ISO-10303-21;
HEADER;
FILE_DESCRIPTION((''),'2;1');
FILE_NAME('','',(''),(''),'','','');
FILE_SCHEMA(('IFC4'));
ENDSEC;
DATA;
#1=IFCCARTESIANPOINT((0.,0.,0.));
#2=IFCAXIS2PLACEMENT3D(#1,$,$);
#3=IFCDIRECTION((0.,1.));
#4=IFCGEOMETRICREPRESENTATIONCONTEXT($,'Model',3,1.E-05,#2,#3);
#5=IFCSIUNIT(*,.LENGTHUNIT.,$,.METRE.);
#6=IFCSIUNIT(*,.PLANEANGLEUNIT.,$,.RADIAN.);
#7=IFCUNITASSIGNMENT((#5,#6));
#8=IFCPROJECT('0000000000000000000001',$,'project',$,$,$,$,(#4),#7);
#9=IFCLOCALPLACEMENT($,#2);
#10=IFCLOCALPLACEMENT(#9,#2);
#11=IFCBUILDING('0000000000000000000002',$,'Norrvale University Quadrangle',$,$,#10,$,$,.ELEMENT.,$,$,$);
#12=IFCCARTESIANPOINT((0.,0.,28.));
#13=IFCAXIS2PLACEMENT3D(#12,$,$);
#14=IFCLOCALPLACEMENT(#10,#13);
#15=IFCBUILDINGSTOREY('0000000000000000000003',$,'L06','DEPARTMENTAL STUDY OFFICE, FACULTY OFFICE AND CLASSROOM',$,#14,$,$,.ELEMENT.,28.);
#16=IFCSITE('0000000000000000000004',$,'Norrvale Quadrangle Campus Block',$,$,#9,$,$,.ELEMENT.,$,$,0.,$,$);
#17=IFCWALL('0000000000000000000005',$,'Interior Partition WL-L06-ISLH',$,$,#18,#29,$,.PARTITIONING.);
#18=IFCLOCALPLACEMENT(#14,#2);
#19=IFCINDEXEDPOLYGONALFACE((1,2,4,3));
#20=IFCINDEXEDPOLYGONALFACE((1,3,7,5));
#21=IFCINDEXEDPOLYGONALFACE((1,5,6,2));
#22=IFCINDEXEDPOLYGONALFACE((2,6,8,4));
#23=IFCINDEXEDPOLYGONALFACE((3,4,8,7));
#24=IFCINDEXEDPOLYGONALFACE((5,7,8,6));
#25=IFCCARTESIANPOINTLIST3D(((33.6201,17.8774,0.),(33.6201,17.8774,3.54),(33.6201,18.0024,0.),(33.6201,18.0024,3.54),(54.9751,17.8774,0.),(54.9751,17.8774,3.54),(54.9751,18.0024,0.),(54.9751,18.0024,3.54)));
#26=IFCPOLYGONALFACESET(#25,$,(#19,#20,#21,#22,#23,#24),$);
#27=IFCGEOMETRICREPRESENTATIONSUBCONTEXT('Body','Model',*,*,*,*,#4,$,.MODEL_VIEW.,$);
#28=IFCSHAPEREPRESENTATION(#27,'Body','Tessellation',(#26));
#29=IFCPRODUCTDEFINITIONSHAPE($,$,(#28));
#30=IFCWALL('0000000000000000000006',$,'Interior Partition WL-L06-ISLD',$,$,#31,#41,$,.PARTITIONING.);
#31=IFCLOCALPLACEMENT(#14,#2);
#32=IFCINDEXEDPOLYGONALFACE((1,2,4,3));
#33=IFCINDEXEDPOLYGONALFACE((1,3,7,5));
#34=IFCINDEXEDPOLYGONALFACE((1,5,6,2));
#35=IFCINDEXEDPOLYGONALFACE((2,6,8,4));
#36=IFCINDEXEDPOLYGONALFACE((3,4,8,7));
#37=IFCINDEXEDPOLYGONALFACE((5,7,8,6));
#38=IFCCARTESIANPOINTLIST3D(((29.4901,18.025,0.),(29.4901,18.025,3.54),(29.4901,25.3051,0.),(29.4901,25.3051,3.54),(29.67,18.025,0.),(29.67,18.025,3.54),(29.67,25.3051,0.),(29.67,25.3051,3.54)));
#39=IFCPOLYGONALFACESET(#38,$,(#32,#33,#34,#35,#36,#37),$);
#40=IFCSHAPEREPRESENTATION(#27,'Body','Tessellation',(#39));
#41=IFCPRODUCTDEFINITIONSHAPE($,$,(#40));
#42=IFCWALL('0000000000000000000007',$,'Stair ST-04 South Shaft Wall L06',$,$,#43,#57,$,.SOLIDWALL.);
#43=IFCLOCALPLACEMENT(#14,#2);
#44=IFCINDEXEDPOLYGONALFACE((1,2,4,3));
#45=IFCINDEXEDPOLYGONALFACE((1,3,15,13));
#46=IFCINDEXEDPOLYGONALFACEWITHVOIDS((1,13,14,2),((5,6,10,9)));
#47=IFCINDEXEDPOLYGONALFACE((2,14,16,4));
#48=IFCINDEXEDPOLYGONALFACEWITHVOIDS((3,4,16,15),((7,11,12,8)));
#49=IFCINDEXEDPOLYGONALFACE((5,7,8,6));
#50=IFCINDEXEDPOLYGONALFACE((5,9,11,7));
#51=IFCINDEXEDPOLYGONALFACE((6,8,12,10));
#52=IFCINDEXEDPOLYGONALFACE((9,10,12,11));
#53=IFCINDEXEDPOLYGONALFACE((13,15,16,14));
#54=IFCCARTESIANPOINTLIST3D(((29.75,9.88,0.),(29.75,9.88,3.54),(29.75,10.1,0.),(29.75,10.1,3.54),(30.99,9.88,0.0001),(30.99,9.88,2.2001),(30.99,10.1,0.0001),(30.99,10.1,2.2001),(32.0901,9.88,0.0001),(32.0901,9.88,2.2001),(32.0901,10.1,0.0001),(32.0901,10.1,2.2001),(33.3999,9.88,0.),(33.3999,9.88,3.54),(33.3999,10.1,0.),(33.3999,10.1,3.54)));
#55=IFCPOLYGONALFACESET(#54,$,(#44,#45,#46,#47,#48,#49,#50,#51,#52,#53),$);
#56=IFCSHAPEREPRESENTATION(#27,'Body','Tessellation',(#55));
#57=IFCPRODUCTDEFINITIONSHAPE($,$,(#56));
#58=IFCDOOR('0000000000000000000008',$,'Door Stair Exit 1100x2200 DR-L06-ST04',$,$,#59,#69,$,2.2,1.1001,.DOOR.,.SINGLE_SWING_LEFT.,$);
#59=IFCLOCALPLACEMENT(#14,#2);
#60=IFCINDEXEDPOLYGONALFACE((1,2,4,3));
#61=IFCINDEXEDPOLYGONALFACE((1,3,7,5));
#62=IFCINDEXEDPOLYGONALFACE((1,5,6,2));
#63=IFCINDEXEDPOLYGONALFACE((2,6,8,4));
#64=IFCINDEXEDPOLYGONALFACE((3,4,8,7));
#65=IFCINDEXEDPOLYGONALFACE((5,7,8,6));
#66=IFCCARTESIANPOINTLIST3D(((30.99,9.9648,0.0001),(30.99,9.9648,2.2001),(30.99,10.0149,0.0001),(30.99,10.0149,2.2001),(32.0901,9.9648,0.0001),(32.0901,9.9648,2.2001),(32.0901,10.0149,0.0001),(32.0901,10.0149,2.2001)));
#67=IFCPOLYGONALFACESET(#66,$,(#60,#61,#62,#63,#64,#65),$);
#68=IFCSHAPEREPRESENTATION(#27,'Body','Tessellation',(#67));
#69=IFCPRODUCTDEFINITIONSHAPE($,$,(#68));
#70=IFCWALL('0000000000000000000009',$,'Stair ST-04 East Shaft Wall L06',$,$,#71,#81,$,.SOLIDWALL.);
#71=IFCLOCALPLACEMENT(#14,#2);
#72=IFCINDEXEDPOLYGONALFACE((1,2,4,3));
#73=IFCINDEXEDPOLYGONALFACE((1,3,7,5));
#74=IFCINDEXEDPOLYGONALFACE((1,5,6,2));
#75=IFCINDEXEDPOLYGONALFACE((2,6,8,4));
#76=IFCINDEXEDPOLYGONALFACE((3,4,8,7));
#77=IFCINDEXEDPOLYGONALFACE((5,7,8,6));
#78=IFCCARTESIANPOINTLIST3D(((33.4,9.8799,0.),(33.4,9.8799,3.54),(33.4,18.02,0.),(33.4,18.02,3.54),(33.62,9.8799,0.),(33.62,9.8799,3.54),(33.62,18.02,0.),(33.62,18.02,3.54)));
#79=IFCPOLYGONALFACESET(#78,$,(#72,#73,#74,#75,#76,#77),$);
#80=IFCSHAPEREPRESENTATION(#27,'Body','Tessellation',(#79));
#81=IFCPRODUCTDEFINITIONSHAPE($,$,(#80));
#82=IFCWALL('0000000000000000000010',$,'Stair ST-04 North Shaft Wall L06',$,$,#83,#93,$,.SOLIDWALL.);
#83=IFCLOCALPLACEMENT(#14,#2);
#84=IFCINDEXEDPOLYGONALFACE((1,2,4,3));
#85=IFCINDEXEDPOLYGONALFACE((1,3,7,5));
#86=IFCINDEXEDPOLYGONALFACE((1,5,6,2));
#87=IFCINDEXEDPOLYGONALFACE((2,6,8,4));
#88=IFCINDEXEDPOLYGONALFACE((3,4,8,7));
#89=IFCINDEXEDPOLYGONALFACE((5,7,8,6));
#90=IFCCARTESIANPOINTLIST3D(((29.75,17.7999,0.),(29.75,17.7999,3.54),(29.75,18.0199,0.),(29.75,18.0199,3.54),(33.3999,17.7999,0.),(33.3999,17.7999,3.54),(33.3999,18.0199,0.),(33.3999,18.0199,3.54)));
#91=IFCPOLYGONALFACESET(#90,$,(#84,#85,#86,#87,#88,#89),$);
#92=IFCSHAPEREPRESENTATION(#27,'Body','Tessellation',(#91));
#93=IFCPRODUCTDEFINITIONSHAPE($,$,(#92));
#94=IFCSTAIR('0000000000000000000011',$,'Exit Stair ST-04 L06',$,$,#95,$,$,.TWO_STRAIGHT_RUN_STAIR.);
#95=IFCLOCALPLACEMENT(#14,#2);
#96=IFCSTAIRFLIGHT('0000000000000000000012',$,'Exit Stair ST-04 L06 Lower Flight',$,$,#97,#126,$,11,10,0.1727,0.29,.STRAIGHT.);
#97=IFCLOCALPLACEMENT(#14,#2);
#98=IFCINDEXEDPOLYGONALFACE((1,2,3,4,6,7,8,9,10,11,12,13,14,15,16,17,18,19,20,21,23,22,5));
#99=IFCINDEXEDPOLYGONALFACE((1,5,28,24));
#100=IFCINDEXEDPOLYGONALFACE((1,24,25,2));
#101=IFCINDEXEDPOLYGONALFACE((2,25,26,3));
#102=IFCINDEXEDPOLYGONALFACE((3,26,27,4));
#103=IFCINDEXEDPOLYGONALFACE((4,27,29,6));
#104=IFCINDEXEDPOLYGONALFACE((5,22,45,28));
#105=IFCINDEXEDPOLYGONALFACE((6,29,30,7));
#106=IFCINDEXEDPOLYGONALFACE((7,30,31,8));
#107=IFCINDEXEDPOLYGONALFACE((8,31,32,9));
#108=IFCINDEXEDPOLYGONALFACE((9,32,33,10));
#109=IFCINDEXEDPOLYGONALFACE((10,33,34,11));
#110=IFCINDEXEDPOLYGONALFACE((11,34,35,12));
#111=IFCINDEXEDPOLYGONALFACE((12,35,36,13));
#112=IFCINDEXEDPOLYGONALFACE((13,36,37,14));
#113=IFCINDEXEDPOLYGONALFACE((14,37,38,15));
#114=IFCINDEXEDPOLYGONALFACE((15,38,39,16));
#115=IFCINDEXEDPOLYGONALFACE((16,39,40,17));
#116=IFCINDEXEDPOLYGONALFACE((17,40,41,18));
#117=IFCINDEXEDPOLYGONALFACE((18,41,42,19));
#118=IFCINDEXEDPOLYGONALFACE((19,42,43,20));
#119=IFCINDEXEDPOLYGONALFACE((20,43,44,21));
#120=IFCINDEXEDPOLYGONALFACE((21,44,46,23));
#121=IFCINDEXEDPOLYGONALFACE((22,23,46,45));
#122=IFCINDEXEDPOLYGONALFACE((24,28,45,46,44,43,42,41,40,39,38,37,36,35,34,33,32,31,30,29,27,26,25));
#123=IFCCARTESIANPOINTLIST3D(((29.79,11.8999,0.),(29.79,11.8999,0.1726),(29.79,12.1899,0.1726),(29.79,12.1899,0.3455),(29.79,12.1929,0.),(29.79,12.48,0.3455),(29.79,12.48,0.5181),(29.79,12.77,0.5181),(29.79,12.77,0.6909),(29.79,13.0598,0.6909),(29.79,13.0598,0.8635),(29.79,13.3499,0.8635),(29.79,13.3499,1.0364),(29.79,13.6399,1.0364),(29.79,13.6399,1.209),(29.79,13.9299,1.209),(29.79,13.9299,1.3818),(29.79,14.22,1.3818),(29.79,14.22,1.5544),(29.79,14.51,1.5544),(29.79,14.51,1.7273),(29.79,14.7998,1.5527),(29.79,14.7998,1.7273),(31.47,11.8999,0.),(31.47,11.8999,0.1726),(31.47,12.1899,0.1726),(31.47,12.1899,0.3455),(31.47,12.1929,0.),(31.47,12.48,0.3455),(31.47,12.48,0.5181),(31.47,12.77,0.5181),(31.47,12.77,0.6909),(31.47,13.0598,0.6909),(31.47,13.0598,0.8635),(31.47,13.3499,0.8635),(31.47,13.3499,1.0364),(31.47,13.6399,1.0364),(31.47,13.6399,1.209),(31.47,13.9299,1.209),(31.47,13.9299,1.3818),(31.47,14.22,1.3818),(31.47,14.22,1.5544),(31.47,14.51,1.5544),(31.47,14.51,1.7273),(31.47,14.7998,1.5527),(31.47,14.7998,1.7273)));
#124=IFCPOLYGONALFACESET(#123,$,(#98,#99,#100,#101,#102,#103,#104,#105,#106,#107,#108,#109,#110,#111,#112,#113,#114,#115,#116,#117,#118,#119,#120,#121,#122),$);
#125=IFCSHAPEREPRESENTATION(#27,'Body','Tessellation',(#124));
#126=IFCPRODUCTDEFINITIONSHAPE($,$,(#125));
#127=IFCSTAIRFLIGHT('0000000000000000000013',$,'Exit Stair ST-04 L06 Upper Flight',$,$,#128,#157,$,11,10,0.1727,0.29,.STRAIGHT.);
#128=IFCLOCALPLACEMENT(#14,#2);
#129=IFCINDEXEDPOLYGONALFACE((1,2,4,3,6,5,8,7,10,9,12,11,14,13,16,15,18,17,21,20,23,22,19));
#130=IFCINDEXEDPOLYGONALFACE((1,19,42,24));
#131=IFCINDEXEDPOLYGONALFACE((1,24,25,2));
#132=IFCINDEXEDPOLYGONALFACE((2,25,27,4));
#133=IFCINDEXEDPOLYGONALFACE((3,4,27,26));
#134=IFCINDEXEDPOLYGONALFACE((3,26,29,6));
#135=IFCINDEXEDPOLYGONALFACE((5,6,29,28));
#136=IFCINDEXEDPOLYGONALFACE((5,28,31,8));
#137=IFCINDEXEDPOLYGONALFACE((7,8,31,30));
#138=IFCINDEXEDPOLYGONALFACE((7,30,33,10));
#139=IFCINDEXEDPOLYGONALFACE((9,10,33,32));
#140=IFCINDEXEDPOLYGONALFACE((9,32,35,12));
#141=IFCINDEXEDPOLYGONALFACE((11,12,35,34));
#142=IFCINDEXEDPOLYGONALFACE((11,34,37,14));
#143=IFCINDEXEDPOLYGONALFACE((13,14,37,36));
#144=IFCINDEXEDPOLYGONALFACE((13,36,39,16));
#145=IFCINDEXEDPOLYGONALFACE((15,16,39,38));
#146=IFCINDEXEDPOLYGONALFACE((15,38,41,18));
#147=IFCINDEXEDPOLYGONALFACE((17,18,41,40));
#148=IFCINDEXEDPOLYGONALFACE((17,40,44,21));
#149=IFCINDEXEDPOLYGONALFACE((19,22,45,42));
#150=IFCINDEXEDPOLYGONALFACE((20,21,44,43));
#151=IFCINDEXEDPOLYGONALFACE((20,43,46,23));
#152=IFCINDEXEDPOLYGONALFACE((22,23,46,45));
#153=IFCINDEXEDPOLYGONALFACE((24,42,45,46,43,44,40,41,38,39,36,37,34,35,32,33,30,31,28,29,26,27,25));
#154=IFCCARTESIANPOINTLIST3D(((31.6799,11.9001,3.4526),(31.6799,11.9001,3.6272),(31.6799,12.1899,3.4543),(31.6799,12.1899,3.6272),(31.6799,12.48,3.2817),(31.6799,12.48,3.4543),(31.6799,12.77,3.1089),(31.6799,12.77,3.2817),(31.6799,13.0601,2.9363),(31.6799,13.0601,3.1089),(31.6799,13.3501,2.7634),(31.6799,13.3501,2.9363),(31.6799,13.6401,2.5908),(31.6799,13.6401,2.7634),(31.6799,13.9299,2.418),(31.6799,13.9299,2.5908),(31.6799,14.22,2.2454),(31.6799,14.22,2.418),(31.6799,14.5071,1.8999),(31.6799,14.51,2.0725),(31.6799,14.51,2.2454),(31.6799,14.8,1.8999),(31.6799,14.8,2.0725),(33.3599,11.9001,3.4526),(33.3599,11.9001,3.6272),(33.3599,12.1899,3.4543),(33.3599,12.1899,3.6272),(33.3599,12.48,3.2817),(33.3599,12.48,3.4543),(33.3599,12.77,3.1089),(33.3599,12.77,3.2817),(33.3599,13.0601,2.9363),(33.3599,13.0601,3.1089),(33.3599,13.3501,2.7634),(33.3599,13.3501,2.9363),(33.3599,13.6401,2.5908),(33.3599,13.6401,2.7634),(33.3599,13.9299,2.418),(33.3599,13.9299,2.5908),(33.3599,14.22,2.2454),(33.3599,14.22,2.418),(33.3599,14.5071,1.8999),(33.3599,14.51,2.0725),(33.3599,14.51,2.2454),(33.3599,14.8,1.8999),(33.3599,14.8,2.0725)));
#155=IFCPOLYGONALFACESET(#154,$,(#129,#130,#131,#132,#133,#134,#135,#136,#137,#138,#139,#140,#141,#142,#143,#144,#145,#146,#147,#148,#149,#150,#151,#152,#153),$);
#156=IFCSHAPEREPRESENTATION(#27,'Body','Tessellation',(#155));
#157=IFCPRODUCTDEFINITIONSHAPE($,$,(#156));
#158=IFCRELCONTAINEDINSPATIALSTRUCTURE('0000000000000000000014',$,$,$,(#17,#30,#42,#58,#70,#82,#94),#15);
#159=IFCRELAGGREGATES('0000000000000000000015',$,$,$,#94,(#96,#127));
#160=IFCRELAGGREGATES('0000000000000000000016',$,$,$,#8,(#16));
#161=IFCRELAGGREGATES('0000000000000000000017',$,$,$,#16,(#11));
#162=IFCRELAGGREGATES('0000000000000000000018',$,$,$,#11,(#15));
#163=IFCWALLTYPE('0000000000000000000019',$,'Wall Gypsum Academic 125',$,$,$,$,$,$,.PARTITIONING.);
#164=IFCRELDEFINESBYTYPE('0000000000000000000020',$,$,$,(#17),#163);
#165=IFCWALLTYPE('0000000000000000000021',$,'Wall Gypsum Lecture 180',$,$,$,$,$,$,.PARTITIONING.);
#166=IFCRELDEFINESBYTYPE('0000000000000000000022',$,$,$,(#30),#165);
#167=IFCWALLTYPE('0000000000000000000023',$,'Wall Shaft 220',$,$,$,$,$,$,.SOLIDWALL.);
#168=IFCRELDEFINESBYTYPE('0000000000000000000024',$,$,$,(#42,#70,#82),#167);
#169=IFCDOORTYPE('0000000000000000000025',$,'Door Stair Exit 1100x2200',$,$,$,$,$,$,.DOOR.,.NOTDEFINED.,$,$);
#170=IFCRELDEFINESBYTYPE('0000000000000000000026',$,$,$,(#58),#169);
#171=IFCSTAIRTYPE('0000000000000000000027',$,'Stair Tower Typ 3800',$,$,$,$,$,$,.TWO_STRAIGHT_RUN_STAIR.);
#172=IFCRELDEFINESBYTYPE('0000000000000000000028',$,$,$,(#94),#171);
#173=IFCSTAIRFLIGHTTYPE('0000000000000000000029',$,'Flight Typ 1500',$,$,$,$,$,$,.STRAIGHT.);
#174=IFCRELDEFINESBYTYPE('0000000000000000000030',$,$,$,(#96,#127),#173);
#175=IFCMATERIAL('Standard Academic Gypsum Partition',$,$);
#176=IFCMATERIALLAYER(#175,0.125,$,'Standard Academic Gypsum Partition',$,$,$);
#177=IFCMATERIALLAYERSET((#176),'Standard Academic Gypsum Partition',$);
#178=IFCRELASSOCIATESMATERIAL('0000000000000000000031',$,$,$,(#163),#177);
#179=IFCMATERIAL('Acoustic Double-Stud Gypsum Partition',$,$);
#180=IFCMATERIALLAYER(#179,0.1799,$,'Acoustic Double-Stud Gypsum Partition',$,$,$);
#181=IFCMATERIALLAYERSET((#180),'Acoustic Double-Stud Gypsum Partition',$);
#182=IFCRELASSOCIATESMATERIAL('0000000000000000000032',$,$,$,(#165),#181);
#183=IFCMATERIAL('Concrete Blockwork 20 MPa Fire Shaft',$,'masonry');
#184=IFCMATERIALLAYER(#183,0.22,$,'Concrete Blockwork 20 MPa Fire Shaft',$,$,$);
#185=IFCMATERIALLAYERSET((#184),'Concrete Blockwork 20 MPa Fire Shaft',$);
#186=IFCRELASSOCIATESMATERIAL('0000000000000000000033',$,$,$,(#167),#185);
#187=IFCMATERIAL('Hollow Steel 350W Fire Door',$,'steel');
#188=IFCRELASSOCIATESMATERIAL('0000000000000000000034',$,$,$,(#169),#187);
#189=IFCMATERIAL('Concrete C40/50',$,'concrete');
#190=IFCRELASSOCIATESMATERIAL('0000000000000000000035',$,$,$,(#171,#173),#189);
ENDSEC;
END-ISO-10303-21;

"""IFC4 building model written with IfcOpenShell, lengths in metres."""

from ifc_helpers import new_model, si_unit, direction, frame, frame_2d, origin, place, context, subcontext, project, spatial, polyline, rectangle, outline, extrude, material, layer, layer_set, type_object, element, fill, aggregate, save


model = new_model("IFC4")

# Units and contexts
model_context = context("Model", 3, precision=1e-05, world=origin(), true_north=direction((0.0, 1.0)))
body_context = subcontext(model_context, "Body", "Model", "MODEL_VIEW")
ifc_project = project(units=[si_unit("LENGTHUNIT", "METRE"), si_unit("PLANEANGLEUNIT", "RADIAN")], contexts=[model_context])

# Site, building, storey
site_placement = place(None, origin())
site = spatial("IfcSite", under=ifc_project, at=site_placement, Name="Norrvale Quadrangle Campus Block", CompositionType="ELEMENT", RefElevation=0.0)
building_placement = place(site_placement, origin())
building = spatial("IfcBuilding", under=site, at=building_placement, Name="Norrvale University Quadrangle", CompositionType="ELEMENT")
storey_placement = place(building_placement, frame((0.0, 0.0, 28.0)))
storey = spatial("IfcBuildingStorey", under=building, at=storey_placement, Name="L06", Description="DEPARTMENTAL STUDY OFFICE, FACULTY OFFICE AND CLASSROOM", CompositionType="ELEMENT", Elevation=28.0)

# Walls
ifc_material_1 = material(Name="Standard Academic Gypsum Partition")
ifc_layer_1 = layer(ifc_material_1, 0.125, Name="Standard Academic Gypsum Partition")
ifc_layer_set_1 = layer_set([ifc_layer_1], Name="Standard Academic Gypsum Partition")
wall_type_1 = type_object("IfcWallType", Name="Wall Gypsum Academic 125", PredefinedType="PARTITIONING", material=ifc_layer_set_1)
wall_1_placement = place(storey_placement, frame((33.6201, 17.9399, 0.0), z_axis=(0.0, 0.0, 1.0), x_axis=(1.0, 0.0, 0.0)))
element("IfcWall", 1, at=wall_1_placement, inside=storey, type_object=wall_type_1, Name="Interior Partition WL-L06-ISLH", PredefinedType="PARTITIONING", context=body_context, shape_type="SweptSolid", body=[
    extrude(rectangle(XDim=21.355, YDim=0.125, at=frame_2d((10.6775, 0.0))), origin(), (0.0, 0.0, 1.0), 3.54),
])
ifc_material_2 = material(Name="Acoustic Double-Stud Gypsum Partition")
ifc_layer_2 = layer(ifc_material_2, 0.1799, Name="Acoustic Double-Stud Gypsum Partition")
ifc_layer_set_2 = layer_set([ifc_layer_2], Name="Acoustic Double-Stud Gypsum Partition")
wall_type_2 = type_object("IfcWallType", Name="Wall Gypsum Lecture 180", PredefinedType="PARTITIONING", material=ifc_layer_set_2)
wall_2_placement = place(storey_placement, frame((29.5801, 18.0249, 0.0), z_axis=(0.0, 0.0, 1.0), x_axis=(0.0, 1.0, 0.0)))
element("IfcWall", 2, at=wall_2_placement, inside=storey, type_object=wall_type_2, Name="Interior Partition WL-L06-ISLD", PredefinedType="PARTITIONING", context=body_context, shape_type="SweptSolid", body=[
    extrude(rectangle(XDim=7.28, YDim=0.1799, at=frame_2d((3.6401, 0.0))), origin(), (0.0, 0.0, 1.0), 3.54),
])

# Wall, opening, door
ifc_material_3 = material(Name="Concrete Blockwork 20 MPa Fire Shaft", Category="masonry")
ifc_layer_3 = layer(ifc_material_3, 0.22, Name="Concrete Blockwork 20 MPa Fire Shaft")
ifc_layer_set_3 = layer_set([ifc_layer_3], Name="Concrete Blockwork 20 MPa Fire Shaft")
wall_type_3 = type_object("IfcWallType", Name="Wall Shaft 220", PredefinedType="SOLIDWALL", material=ifc_layer_set_3)
wall_3_placement = place(storey_placement, frame((29.75, 9.99, 0.0), z_axis=(0.0, 0.0, 1.0), x_axis=(1.0, 0.0, 0.0)))
wall_3 = element("IfcWall", 3, at=wall_3_placement, inside=storey, type_object=wall_type_3, Name="Stair ST-04 South Shaft Wall L06", PredefinedType="SOLIDWALL", context=body_context, shape_type="SweptSolid", body=[
    extrude(rectangle(XDim=3.6499, YDim=0.22, at=frame_2d((1.825, 0.0))), origin(), (0.0, 0.0, 1.0), 3.54),
])
opening_placement = place(wall_3_placement, frame((1.24, 0.0, 0.0)))
opening = element("IfcOpeningElement", 4, at=opening_placement, cuts=wall_3, PredefinedType="OPENING", context=body_context, shape_type="SweptSolid", body=[
    extrude(rectangle(XDim=1.1001, YDim=2.2, at=frame_2d((0.55, 1.1001))), frame((0.0, 0.1221, 0.0), z_axis=(0.0, -1.0, 0.0), x_axis=(1.0, 0.0, 0.0)), (0.0, 0.0, 1.0), 0.2439),
])
ifc_material_4 = material(Name="Hollow Steel 350W Fire Door", Category="steel")
door_type = type_object("IfcDoorType", Name="Door Stair Exit 1100x2200", OperationType="NOTDEFINED", PredefinedType="DOOR", material=ifc_material_4)
door_placement = place(opening_placement, origin())
door = element("IfcDoor", 5, at=door_placement, inside=storey, type_object=door_type, Name="Door Stair Exit 1100x2200 DR-L06-ST04", OperationType="SINGLE_SWING_LEFT", OverallHeight=2.2, OverallWidth=1.1001, PredefinedType="DOOR", context=body_context, shape_type="SweptSolid", body=[
    extrude(rectangle(XDim=1.1001, YDim=2.2, at=frame_2d((0.55, 1.1001))), frame((0.0, 0.0249, 0.0), z_axis=(0.0, -1.0, 0.0), x_axis=(1.0, 0.0, 0.0)), (0.0, 0.0, 1.0), 0.05),
])
fill(opening, door)

# Walls
wall_4_placement = place(storey_placement, frame((33.51, 9.8799, 0.0), z_axis=(0.0, 0.0, 1.0), x_axis=(0.0, 1.0, 0.0)))
element("IfcWall", 6, at=wall_4_placement, inside=storey, type_object=wall_type_3, Name="Stair ST-04 East Shaft Wall L06", PredefinedType="SOLIDWALL", context=body_context, shape_type="SweptSolid", body=[
    extrude(rectangle(XDim=8.1401, YDim=0.22, at=frame_2d((4.0701, 0.0))), origin(), (0.0, 0.0, 1.0), 3.54),
])
wall_5_placement = place(storey_placement, frame((29.75, 17.9099, 0.0), z_axis=(0.0, 0.0, 1.0), x_axis=(1.0, 0.0, 0.0)))
element("IfcWall", 7, at=wall_5_placement, inside=storey, type_object=wall_type_3, Name="Stair ST-04 North Shaft Wall L06", PredefinedType="SOLIDWALL", context=body_context, shape_type="SweptSolid", body=[
    extrude(rectangle(XDim=3.6499, YDim=0.22, at=frame_2d((1.825, 0.0))), origin(), (0.0, 0.0, 1.0), 3.54),
])

# Stair, stair flights
ifc_material_5 = material(Name="Concrete C40/50", Category="concrete")
stair_type = type_object("IfcStairType", Name="Stair Tower Typ 3800", PredefinedType="TWO_STRAIGHT_RUN_STAIR", material=ifc_material_5)
stair_placement = place(storey_placement, origin())
stair = element("IfcStair", 8, at=stair_placement, inside=storey, type_object=stair_type, Name="Exit Stair ST-04 L06", PredefinedType="TWO_STRAIGHT_RUN_STAIR")
stair_flight_type = type_object("IfcStairFlightType", Name="Flight Typ 1500", PredefinedType="STRAIGHT", material=ifc_material_5)
stair_flight_1_placement = place(storey_placement, frame((30.6299, 11.8999, 0.0), z_axis=(0.0, 0.0, 1.0), x_axis=(0.0, 1.0, 0.0)))
stair_flight_1 = element("IfcStairFlight", 9, at=stair_flight_1_placement, type_object=stair_flight_type, Name="Exit Stair ST-04 L06 Lower Flight", NumberOfRisers=11, NumberOfTreads=10, PredefinedType="STRAIGHT", RiserHeight=0.1727, TreadLength=0.29, context=body_context, shape_type="SweptSolid", body=[
    extrude(outline(polyline([(0.0, 0.0), (0.0, 0.1726), (0.29, 0.1726), (0.29, 0.3455), (0.5801, 0.3455), (0.5801, 0.5181), (0.8701, 0.5181), (0.8701, 0.6909), (1.1599, 0.6909), (1.1599, 0.8635), (1.45, 0.8635), (1.45, 1.0364), (1.74, 1.0364), (1.74, 1.209), (2.03, 1.209), (2.03, 1.3818), (2.3201, 1.3818), (2.3201, 1.5544), (2.6101, 1.5544), (2.6101, 1.7273), (2.8999, 1.7273), (2.8999, 1.8999), (2.8999, 1.5527), (0.293, 0.0), (0.0, 0.0)])), frame((0.0, 0.8398, 0.0), z_axis=(0.0, -1.0, 0.0), x_axis=(1.0, 0.0, 0.0)), (0.0, 0.0, 1.0), 1.6799),
])
stair_flight_2_placement = place(storey_placement, frame((32.52, 14.8, 1.8999), z_axis=(0.0, 0.0, 1.0), x_axis=(0.0, -1.0, 0.0)))
stair_flight_2 = element("IfcStairFlight", 10, at=stair_flight_2_placement, type_object=stair_flight_type, Name="Exit Stair ST-04 L06 Upper Flight", NumberOfRisers=11, NumberOfTreads=10, PredefinedType="STRAIGHT", RiserHeight=0.1727, TreadLength=0.29, context=body_context, shape_type="SweptSolid", body=[
    extrude(outline(polyline([(0.0, 0.0), (0.0, 0.1726), (0.29, 0.1726), (0.29, 0.3455), (0.5801, 0.3455), (0.5801, 0.5181), (0.8701, 0.5181), (0.8701, 0.6909), (1.1599, 0.6909), (1.1599, 0.8635), (1.45, 0.8635), (1.45, 1.0364), (1.74, 1.0364), (1.74, 1.209), (2.03, 1.209), (2.03, 1.3818), (2.3201, 1.3818), (2.3201, 1.5544), (2.6101, 1.5544), (2.6101, 1.7273), (2.8999, 1.7273), (2.8999, 1.8999), (2.8999, 1.5527), (0.293, 0.0), (0.0, 0.0)])), frame((0.0, 0.8398, 0.0), z_axis=(0.0, -1.0, 0.0), x_axis=(1.0, 0.0, 0.0)), (0.0, 0.0, 1.0), 1.6799),
])
aggregate(stair, [stair_flight_1, stair_flight_2])

save(model, "model.ifc")
